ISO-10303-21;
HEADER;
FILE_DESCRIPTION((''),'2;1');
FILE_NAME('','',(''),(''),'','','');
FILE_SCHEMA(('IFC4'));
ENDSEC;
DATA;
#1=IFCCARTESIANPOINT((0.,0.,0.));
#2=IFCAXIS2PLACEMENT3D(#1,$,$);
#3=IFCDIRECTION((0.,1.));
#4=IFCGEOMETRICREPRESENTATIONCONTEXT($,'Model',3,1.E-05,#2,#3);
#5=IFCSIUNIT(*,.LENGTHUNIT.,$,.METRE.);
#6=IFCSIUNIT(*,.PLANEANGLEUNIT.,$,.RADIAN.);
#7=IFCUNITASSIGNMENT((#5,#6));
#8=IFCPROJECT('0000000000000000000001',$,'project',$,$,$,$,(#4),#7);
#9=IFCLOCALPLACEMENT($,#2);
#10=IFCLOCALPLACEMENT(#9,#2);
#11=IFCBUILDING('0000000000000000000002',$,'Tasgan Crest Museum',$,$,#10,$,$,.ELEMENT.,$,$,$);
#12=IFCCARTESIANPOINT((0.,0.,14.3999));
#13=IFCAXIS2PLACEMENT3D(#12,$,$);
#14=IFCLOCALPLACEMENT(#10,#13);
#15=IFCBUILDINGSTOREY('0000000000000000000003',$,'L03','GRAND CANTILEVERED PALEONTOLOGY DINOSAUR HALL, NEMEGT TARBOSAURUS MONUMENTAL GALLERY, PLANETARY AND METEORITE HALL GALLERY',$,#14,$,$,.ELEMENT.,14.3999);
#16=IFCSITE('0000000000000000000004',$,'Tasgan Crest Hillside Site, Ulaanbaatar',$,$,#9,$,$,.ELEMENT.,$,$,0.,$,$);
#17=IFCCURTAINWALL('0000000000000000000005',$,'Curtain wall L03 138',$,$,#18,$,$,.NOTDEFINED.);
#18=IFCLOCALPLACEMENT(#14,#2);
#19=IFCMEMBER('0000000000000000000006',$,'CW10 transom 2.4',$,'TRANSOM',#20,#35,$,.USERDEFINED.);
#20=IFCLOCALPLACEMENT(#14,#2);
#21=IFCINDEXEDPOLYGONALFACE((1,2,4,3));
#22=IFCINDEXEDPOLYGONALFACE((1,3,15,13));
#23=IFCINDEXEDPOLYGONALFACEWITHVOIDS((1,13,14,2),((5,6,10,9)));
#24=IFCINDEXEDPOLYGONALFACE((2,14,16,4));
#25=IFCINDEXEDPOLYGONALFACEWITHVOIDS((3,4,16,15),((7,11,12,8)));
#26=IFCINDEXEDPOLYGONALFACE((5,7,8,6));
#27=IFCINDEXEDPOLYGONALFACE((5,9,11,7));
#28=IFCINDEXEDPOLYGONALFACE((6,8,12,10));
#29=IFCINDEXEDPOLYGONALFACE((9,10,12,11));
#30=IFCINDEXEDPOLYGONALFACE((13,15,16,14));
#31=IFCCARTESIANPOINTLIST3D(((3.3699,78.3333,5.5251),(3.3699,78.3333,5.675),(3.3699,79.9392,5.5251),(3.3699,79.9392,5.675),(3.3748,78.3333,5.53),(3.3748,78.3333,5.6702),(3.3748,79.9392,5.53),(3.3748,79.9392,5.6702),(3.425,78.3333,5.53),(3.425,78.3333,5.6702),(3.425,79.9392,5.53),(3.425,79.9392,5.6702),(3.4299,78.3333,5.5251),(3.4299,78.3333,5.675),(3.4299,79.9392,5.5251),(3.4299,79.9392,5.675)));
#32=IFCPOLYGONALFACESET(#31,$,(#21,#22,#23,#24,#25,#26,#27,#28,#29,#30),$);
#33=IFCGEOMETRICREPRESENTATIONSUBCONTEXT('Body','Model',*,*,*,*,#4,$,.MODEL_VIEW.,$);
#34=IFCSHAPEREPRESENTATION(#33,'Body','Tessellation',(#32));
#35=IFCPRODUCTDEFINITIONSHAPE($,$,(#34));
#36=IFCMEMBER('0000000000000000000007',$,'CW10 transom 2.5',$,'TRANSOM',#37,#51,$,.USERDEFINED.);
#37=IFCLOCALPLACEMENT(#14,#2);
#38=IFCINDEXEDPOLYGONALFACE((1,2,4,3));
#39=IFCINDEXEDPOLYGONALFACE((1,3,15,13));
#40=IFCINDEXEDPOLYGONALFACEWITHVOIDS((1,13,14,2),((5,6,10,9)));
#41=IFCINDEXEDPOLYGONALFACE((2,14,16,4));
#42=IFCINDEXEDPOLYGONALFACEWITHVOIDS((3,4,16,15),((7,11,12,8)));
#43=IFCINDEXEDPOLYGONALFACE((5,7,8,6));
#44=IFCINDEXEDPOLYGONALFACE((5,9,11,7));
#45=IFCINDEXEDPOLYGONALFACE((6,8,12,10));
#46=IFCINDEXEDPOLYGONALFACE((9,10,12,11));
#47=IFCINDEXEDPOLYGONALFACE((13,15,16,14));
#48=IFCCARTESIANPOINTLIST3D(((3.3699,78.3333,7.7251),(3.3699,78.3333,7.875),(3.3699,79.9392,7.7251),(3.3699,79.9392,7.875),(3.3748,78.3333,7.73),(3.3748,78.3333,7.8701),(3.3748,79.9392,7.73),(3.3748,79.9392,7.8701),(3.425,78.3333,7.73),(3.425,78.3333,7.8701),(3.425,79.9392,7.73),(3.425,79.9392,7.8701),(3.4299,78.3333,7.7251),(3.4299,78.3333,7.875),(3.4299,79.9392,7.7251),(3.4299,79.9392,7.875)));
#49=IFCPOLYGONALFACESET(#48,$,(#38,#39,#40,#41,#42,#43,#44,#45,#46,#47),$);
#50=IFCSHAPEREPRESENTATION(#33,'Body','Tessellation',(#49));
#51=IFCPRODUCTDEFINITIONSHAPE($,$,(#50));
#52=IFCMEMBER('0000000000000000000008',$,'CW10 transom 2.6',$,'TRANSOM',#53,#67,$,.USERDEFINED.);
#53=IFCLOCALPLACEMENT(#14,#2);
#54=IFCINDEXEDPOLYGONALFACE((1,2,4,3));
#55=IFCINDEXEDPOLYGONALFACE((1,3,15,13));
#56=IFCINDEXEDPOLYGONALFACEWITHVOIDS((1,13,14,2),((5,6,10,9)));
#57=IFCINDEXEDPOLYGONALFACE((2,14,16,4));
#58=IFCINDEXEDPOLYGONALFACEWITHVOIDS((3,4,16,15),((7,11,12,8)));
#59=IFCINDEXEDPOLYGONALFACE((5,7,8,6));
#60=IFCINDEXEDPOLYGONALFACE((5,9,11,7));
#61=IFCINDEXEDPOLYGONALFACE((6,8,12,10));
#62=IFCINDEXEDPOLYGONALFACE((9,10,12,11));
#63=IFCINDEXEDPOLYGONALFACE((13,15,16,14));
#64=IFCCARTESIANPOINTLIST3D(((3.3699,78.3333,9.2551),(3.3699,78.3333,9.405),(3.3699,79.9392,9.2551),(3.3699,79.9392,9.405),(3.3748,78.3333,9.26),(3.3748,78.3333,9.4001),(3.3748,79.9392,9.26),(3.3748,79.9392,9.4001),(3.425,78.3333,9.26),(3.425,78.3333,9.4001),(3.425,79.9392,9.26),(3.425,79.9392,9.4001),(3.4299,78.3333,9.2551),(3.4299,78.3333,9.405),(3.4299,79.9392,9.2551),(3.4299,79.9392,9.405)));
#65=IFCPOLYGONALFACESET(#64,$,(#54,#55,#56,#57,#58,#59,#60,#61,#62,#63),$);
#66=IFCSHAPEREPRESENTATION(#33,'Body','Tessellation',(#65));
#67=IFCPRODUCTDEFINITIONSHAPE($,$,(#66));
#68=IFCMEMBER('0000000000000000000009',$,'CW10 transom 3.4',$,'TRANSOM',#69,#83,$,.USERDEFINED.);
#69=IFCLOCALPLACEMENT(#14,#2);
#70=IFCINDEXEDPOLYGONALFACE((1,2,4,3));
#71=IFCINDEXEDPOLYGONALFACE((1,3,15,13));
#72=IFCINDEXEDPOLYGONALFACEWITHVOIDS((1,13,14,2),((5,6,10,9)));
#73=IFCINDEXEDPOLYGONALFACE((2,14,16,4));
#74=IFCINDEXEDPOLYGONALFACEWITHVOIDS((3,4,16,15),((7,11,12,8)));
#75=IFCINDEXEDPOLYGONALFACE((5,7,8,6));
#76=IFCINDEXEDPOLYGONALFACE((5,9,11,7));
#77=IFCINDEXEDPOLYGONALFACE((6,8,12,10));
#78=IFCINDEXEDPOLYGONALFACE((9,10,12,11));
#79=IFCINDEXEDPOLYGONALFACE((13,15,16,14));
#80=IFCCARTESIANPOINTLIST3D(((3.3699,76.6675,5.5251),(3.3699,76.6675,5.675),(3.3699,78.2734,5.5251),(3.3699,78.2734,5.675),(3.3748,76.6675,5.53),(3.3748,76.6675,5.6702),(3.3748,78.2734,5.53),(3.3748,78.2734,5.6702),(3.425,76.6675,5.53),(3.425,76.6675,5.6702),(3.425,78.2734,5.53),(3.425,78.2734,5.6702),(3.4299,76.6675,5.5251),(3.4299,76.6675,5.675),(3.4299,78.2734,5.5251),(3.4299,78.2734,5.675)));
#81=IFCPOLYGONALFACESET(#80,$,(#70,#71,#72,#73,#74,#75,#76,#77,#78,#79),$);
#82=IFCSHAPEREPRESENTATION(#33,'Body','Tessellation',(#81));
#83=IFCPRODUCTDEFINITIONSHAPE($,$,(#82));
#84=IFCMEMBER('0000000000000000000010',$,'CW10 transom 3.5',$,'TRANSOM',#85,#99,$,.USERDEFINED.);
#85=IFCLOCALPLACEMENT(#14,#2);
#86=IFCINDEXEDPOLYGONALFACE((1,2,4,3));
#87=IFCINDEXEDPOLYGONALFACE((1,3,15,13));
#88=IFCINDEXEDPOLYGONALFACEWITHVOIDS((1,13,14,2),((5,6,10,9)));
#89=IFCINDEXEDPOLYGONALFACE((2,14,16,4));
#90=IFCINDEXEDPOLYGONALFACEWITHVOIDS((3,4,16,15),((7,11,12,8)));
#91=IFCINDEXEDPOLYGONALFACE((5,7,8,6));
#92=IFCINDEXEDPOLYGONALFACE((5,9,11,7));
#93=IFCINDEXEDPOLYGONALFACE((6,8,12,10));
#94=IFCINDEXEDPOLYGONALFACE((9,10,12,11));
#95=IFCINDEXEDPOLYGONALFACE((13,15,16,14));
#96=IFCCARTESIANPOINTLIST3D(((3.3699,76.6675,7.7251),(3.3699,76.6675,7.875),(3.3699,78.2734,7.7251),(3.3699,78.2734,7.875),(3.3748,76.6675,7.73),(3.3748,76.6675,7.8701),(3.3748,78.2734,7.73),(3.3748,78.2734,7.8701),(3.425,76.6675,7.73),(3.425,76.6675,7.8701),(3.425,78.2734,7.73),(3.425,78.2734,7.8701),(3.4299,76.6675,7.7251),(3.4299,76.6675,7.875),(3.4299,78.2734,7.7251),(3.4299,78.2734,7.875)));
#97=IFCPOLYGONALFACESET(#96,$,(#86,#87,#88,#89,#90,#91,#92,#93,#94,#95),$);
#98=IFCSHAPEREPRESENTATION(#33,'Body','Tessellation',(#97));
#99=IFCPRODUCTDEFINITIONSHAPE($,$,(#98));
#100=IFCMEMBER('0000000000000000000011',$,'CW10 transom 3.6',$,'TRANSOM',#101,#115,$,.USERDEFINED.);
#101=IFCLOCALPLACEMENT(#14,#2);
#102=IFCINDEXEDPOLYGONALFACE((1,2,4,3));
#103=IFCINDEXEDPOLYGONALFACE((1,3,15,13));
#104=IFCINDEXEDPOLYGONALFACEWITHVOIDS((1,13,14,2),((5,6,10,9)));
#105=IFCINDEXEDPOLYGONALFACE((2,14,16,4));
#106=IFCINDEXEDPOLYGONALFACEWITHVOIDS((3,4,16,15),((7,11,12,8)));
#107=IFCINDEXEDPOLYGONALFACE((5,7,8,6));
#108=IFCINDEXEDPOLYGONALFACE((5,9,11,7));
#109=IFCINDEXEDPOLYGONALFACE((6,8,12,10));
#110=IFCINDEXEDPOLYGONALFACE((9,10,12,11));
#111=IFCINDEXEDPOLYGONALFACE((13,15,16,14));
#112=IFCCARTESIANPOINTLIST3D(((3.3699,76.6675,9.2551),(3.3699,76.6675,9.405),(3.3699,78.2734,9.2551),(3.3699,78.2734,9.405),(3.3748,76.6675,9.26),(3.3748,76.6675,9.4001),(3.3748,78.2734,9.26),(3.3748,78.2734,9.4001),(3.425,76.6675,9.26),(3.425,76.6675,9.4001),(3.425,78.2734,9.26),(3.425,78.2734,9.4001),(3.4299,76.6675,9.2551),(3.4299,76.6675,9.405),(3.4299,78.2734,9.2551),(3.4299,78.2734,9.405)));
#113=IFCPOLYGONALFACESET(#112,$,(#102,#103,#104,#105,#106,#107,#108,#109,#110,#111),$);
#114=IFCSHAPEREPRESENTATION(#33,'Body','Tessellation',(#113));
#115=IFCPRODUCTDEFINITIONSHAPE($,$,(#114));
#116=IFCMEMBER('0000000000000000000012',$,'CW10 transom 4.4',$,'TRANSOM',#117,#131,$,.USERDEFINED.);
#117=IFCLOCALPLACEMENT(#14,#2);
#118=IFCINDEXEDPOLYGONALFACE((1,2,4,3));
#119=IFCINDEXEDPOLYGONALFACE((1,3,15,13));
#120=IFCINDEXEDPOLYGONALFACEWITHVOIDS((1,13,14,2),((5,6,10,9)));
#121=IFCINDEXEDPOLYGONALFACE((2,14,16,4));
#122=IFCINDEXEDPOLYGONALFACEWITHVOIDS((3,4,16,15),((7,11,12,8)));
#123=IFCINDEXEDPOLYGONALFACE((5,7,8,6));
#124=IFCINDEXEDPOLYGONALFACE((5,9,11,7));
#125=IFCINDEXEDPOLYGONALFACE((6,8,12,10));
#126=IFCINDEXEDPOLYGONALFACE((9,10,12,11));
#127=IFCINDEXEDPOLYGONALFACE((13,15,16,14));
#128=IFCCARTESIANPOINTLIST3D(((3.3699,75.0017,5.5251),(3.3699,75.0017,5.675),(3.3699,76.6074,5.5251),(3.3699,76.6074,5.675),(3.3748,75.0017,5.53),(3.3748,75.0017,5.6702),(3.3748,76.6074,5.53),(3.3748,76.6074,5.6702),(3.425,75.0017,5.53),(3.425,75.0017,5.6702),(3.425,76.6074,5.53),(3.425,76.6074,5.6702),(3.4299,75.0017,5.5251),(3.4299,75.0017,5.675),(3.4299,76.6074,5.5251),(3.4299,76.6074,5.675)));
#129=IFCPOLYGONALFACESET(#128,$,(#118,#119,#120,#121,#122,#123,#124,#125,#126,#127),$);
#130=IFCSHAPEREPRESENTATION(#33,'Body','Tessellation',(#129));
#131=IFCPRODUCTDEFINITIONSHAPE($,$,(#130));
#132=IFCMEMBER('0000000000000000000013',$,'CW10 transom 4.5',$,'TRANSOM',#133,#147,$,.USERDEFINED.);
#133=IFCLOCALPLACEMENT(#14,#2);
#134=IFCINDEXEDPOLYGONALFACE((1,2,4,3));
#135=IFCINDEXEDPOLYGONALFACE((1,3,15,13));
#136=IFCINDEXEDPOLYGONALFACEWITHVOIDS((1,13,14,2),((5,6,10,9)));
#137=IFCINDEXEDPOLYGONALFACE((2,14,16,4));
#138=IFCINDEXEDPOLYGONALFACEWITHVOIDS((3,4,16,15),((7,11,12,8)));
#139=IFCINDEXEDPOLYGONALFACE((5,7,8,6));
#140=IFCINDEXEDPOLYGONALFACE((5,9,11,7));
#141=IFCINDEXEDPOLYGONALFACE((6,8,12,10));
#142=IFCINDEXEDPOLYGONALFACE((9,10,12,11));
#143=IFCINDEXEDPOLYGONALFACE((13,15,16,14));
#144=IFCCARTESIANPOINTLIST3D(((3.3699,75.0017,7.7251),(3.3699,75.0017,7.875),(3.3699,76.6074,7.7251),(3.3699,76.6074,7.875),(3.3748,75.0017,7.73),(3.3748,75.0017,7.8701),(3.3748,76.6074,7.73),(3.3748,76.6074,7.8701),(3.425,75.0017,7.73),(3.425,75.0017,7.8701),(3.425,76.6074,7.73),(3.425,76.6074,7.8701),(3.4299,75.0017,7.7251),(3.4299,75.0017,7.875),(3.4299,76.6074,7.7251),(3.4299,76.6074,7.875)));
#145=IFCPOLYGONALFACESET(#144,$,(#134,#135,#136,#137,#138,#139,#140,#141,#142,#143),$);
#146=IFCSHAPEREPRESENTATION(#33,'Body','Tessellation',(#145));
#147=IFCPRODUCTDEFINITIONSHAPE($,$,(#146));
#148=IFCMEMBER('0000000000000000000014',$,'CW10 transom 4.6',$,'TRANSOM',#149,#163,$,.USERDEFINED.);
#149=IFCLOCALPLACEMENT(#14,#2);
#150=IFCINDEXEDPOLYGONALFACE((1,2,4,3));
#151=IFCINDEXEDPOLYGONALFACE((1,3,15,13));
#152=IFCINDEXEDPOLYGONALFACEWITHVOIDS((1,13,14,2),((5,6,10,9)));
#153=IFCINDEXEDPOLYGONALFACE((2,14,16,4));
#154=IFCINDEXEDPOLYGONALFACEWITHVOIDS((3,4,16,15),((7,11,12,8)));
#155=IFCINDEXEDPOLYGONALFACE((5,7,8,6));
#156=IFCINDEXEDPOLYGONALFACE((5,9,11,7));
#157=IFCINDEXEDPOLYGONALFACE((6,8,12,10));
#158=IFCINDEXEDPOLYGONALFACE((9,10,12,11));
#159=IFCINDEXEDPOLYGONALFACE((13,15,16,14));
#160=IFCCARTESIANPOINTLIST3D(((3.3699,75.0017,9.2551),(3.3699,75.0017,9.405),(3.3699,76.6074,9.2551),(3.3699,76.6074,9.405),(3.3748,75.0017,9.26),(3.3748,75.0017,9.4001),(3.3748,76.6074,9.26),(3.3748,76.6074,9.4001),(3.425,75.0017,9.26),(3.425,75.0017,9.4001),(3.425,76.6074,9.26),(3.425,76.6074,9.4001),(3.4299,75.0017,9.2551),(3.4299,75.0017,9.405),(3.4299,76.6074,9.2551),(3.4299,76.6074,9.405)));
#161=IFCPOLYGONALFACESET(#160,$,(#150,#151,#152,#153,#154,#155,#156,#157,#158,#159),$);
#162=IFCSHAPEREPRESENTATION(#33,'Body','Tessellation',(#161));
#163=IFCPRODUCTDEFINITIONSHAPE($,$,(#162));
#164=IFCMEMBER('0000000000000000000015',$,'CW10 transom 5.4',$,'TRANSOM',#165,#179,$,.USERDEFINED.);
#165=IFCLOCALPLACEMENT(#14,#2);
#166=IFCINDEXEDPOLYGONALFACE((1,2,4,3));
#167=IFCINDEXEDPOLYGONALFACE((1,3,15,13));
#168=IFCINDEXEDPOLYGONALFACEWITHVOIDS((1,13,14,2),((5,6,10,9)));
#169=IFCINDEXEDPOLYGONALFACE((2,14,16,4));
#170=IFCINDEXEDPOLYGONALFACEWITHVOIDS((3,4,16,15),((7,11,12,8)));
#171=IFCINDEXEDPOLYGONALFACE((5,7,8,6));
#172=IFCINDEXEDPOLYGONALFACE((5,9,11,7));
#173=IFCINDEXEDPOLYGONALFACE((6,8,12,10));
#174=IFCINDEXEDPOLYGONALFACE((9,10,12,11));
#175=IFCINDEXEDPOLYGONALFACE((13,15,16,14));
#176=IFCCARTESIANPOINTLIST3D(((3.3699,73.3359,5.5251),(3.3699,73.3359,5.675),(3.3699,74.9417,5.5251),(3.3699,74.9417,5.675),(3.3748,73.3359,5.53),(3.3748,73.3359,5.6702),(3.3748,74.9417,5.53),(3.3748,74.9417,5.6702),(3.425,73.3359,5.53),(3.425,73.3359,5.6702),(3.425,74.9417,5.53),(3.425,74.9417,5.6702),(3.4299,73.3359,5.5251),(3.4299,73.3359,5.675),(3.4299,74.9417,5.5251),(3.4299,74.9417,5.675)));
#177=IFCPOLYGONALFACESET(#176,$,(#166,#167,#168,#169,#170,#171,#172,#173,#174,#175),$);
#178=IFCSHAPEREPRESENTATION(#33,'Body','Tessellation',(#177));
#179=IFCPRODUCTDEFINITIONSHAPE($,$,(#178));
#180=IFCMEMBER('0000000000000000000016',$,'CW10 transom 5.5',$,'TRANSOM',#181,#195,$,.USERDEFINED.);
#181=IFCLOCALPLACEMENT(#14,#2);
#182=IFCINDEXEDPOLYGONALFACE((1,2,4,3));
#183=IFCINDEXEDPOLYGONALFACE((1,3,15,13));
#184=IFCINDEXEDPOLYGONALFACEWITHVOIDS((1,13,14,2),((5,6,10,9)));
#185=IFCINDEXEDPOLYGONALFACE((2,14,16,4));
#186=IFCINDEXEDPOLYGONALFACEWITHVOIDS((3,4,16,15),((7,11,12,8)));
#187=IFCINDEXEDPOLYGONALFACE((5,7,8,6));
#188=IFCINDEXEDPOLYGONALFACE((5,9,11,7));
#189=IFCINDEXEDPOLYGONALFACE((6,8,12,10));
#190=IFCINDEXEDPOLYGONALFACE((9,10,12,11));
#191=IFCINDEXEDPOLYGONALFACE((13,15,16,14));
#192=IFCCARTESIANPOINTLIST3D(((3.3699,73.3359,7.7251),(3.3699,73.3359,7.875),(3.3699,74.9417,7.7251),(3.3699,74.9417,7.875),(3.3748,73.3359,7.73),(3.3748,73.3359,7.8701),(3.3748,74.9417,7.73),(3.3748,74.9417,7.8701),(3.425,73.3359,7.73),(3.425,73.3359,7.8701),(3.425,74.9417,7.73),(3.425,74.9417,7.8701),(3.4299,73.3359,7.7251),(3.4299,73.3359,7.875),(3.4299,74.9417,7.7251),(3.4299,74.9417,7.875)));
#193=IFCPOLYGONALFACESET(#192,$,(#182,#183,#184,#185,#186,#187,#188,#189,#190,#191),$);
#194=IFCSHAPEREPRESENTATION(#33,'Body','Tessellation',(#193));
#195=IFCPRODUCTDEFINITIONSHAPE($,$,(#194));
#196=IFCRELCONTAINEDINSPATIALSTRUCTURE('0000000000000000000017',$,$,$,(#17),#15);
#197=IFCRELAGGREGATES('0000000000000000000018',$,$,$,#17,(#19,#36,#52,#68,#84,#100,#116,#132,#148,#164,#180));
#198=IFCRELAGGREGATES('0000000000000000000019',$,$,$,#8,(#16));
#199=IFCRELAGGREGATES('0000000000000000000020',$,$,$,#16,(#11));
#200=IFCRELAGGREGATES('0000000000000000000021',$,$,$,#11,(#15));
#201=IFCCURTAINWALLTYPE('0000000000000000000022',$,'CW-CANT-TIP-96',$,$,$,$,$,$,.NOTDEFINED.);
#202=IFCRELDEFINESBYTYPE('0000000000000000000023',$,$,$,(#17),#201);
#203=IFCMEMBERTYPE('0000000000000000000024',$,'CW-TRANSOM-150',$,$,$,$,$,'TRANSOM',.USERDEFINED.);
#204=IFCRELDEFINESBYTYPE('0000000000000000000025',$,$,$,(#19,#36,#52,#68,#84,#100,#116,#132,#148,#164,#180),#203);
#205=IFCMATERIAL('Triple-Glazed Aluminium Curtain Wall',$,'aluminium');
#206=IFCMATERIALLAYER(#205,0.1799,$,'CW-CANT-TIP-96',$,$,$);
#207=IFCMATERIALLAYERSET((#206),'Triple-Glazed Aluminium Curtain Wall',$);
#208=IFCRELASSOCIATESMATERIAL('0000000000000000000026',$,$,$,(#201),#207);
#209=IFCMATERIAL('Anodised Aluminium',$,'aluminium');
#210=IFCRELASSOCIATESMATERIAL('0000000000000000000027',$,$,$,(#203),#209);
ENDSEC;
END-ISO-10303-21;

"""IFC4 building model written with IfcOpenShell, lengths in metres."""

from ifc_helpers import new_model, si_unit, direction, frame, origin, origin_2d, place, context, subcontext, project, spatial, hollow_rectangle, extrude, material, layer, layer_set, material_profile, profile_set, type_object, element, aggregate, save


model = new_model("IFC4")

# Units and contexts
model_context = context("Model", 3, precision=1e-05, world=origin(), true_north=direction((0.0, 1.0)))
body_context = subcontext(model_context, "Body", "Model", "MODEL_VIEW")
ifc_project = project(units=[si_unit("LENGTHUNIT", "METRE"), si_unit("PLANEANGLEUNIT", "RADIAN")], contexts=[model_context])

# Site, building, storey
site_placement = place(None, origin())
site = spatial("IfcSite", under=ifc_project, at=site_placement, Name="Tasgan Crest Hillside Site, Ulaanbaatar", CompositionType="ELEMENT", RefElevation=0.0)
building_placement = place(site_placement, origin())
building = spatial("IfcBuilding", under=site, at=building_placement, Name="Tasgan Crest Museum", CompositionType="ELEMENT")
storey_placement = place(building_placement, frame((0.0, 0.0, 14.3999)))
storey = spatial("IfcBuildingStorey", under=building, at=storey_placement, Name="L03", Description="GRAND CANTILEVERED PALEONTOLOGY DINOSAUR HALL, NEMEGT TARBOSAURUS MONUMENTAL GALLERY, PLANETARY AND METEORITE HALL GALLERY", CompositionType="ELEMENT", Elevation=14.3999)

# Curtain wall, members
ifc_material_1 = material(Name="Triple-Glazed Aluminium Curtain Wall", Category="aluminium")
ifc_layer_1 = layer(ifc_material_1, 0.1799, Name="CW-CANT-TIP-96")
ifc_layer_set_1 = layer_set([ifc_layer_1], Name="Triple-Glazed Aluminium Curtain Wall")
curtain_wall_type = type_object("IfcCurtainWallType", Name="CW-CANT-TIP-96", PredefinedType="NOTDEFINED", material=ifc_layer_set_1)
curtain_wall_placement = place(storey_placement, origin())
curtain_wall = element("IfcCurtainWall", 1, at=curtain_wall_placement, inside=storey, type_object=curtain_wall_type, Name="Curtain wall L03 138", PredefinedType="NOTDEFINED")
ifc_material_2 = material(Name="Anodised Aluminium", Category="aluminium")
ifc_material_profile = material_profile(ifc_material_2, hollow_rectangle(XDim=0.0601, YDim=0.1499, WallThickness=0.0049, at=origin_2d()), Name="ALU TRANSOM 150x60x5")
ifc_profile_set = profile_set([ifc_material_profile], Name="Anodised Aluminium")
member_type = type_object("IfcMemberType", Name="CW-TRANSOM-150", ElementType="TRANSOM", PredefinedType="USERDEFINED", material=ifc_profile_set)
member_1_placement = place(storey_placement, frame((3.3999, 79.9392, 5.6001), z_axis=(0.0, -1.0, 0.0), x_axis=(1.0, 0.0, 0.0)))
member_1 = element("IfcMember", 2, at=member_1_placement, type_object=member_type, Name="CW10 transom 2.4", ObjectType="TRANSOM", PredefinedType="USERDEFINED", context=body_context, shape_type="SweptSolid", body=[
    extrude(hollow_rectangle(XDim=0.0601, YDim=0.1499, WallThickness=0.0049, at=origin_2d()), origin(), (0.0, 0.0, 1.0), 1.606),
])
member_2_placement = place(storey_placement, frame((3.3999, 79.9392, 7.8), z_axis=(0.0, -1.0, 0.0), x_axis=(1.0, 0.0, 0.0)))
member_2 = element("IfcMember", 3, at=member_2_placement, type_object=member_type, Name="CW10 transom 2.5", ObjectType="TRANSOM", PredefinedType="USERDEFINED", context=body_context, shape_type="SweptSolid", body=[
    extrude(hollow_rectangle(XDim=0.0601, YDim=0.1499, WallThickness=0.0049, at=origin_2d()), origin(), (0.0, 0.0, 1.0), 1.606),
])
member_3_placement = place(storey_placement, frame((3.3999, 79.9392, 9.3301), z_axis=(0.0, -1.0, 0.0), x_axis=(1.0, 0.0, 0.0)))
member_3 = element("IfcMember", 4, at=member_3_placement, type_object=member_type, Name="CW10 transom 2.6", ObjectType="TRANSOM", PredefinedType="USERDEFINED", context=body_context, shape_type="SweptSolid", body=[
    extrude(hollow_rectangle(XDim=0.0601, YDim=0.1499, WallThickness=0.0049, at=origin_2d()), origin(), (0.0, 0.0, 1.0), 1.606),
])
member_4_placement = place(storey_placement, frame((3.3999, 78.2734, 5.6001), z_axis=(0.0, -1.0, 0.0), x_axis=(1.0, 0.0, 0.0)))
member_4 = element("IfcMember", 5, at=member_4_placement, type_object=member_type, Name="CW10 transom 3.4", ObjectType="TRANSOM", PredefinedType="USERDEFINED", context=body_context, shape_type="SweptSolid", body=[
    extrude(hollow_rectangle(XDim=0.0601, YDim=0.1499, WallThickness=0.0049, at=origin_2d()), origin(), (0.0, 0.0, 1.0), 1.606),
])
member_5_placement = place(storey_placement, frame((3.3999, 78.2734, 7.8), z_axis=(0.0, -1.0, 0.0), x_axis=(1.0, 0.0, 0.0)))
member_5 = element("IfcMember", 6, at=member_5_placement, type_object=member_type, Name="CW10 transom 3.5", ObjectType="TRANSOM", PredefinedType="USERDEFINED", context=body_context, shape_type="SweptSolid", body=[
    extrude(hollow_rectangle(XDim=0.0601, YDim=0.1499, WallThickness=0.0049, at=origin_2d()), origin(), (0.0, 0.0, 1.0), 1.606),
])
member_6_placement = place(storey_placement, frame((3.3999, 78.2734, 9.3301), z_axis=(0.0, -1.0, 0.0), x_axis=(1.0, 0.0, 0.0)))
member_6 = element("IfcMember", 7, at=member_6_placement, type_object=member_type, Name="CW10 transom 3.6", ObjectType="TRANSOM", PredefinedType="USERDEFINED", context=body_context, shape_type="SweptSolid", body=[
    extrude(hollow_rectangle(XDim=0.0601, YDim=0.1499, WallThickness=0.0049, at=origin_2d()), origin(), (0.0, 0.0, 1.0), 1.606),
])
member_7_placement = place(storey_placement, frame((3.3999, 76.6074, 5.6001), z_axis=(0.0, -1.0, 0.0), x_axis=(1.0, 0.0, 0.0)))
member_7 = element("IfcMember", 8, at=member_7_placement, type_object=member_type, Name="CW10 transom 4.4", ObjectType="TRANSOM", PredefinedType="USERDEFINED", context=body_context, shape_type="SweptSolid", body=[
    extrude(hollow_rectangle(XDim=0.0601, YDim=0.1499, WallThickness=0.0049, at=origin_2d()), origin(), (0.0, 0.0, 1.0), 1.6057),
])
member_8_placement = place(storey_placement, frame((3.3999, 76.6074, 7.8), z_axis=(0.0, -1.0, 0.0), x_axis=(1.0, 0.0, 0.0)))
member_8 = element("IfcMember", 9, at=member_8_placement, type_object=member_type, Name="CW10 transom 4.5", ObjectType="TRANSOM", PredefinedType="USERDEFINED", context=body_context, shape_type="SweptSolid", body=[
    extrude(hollow_rectangle(XDim=0.0601, YDim=0.1499, WallThickness=0.0049, at=origin_2d()), origin(), (0.0, 0.0, 1.0), 1.6057),
])
member_9_placement = place(storey_placement, frame((3.3999, 76.6074, 9.3301), z_axis=(0.0, -1.0, 0.0), x_axis=(1.0, 0.0, 0.0)))
member_9 = element("IfcMember", 10, at=member_9_placement, type_object=member_type, Name="CW10 transom 4.6", ObjectType="TRANSOM", PredefinedType="USERDEFINED", context=body_context, shape_type="SweptSolid", body=[
    extrude(hollow_rectangle(XDim=0.0601, YDim=0.1499, WallThickness=0.0049, at=origin_2d()), origin(), (0.0, 0.0, 1.0), 1.6057),
])
member_10_placement = place(storey_placement, frame((3.3999, 74.9417, 5.6001), z_axis=(0.0, -1.0, 0.0), x_axis=(1.0, 0.0, 0.0)))
member_10 = element("IfcMember", 11, at=member_10_placement, type_object=member_type, Name="CW10 transom 5.4", ObjectType="TRANSOM", PredefinedType="USERDEFINED", context=body_context, shape_type="SweptSolid", body=[
    extrude(hollow_rectangle(XDim=0.0601, YDim=0.1499, WallThickness=0.0049, at=origin_2d()), origin(), (0.0, 0.0, 1.0), 1.6057),
])
member_11_placement = place(storey_placement, frame((3.3999, 74.9417, 7.8), z_axis=(0.0, -1.0, 0.0), x_axis=(1.0, 0.0, 0.0)))
member_11 = element("IfcMember", 12, at=member_11_placement, type_object=member_type, Name="CW10 transom 5.5", ObjectType="TRANSOM", PredefinedType="USERDEFINED", context=body_context, shape_type="SweptSolid", body=[
    extrude(hollow_rectangle(XDim=0.0601, YDim=0.1499, WallThickness=0.0049, at=origin_2d()), origin(), (0.0, 0.0, 1.0), 1.6057),
])
aggregate(curtain_wall, [member_1, member_2, member_3, member_4, member_5, member_6, member_7, member_8, member_9, member_10, member_11])

save(model, "model.ifc")
